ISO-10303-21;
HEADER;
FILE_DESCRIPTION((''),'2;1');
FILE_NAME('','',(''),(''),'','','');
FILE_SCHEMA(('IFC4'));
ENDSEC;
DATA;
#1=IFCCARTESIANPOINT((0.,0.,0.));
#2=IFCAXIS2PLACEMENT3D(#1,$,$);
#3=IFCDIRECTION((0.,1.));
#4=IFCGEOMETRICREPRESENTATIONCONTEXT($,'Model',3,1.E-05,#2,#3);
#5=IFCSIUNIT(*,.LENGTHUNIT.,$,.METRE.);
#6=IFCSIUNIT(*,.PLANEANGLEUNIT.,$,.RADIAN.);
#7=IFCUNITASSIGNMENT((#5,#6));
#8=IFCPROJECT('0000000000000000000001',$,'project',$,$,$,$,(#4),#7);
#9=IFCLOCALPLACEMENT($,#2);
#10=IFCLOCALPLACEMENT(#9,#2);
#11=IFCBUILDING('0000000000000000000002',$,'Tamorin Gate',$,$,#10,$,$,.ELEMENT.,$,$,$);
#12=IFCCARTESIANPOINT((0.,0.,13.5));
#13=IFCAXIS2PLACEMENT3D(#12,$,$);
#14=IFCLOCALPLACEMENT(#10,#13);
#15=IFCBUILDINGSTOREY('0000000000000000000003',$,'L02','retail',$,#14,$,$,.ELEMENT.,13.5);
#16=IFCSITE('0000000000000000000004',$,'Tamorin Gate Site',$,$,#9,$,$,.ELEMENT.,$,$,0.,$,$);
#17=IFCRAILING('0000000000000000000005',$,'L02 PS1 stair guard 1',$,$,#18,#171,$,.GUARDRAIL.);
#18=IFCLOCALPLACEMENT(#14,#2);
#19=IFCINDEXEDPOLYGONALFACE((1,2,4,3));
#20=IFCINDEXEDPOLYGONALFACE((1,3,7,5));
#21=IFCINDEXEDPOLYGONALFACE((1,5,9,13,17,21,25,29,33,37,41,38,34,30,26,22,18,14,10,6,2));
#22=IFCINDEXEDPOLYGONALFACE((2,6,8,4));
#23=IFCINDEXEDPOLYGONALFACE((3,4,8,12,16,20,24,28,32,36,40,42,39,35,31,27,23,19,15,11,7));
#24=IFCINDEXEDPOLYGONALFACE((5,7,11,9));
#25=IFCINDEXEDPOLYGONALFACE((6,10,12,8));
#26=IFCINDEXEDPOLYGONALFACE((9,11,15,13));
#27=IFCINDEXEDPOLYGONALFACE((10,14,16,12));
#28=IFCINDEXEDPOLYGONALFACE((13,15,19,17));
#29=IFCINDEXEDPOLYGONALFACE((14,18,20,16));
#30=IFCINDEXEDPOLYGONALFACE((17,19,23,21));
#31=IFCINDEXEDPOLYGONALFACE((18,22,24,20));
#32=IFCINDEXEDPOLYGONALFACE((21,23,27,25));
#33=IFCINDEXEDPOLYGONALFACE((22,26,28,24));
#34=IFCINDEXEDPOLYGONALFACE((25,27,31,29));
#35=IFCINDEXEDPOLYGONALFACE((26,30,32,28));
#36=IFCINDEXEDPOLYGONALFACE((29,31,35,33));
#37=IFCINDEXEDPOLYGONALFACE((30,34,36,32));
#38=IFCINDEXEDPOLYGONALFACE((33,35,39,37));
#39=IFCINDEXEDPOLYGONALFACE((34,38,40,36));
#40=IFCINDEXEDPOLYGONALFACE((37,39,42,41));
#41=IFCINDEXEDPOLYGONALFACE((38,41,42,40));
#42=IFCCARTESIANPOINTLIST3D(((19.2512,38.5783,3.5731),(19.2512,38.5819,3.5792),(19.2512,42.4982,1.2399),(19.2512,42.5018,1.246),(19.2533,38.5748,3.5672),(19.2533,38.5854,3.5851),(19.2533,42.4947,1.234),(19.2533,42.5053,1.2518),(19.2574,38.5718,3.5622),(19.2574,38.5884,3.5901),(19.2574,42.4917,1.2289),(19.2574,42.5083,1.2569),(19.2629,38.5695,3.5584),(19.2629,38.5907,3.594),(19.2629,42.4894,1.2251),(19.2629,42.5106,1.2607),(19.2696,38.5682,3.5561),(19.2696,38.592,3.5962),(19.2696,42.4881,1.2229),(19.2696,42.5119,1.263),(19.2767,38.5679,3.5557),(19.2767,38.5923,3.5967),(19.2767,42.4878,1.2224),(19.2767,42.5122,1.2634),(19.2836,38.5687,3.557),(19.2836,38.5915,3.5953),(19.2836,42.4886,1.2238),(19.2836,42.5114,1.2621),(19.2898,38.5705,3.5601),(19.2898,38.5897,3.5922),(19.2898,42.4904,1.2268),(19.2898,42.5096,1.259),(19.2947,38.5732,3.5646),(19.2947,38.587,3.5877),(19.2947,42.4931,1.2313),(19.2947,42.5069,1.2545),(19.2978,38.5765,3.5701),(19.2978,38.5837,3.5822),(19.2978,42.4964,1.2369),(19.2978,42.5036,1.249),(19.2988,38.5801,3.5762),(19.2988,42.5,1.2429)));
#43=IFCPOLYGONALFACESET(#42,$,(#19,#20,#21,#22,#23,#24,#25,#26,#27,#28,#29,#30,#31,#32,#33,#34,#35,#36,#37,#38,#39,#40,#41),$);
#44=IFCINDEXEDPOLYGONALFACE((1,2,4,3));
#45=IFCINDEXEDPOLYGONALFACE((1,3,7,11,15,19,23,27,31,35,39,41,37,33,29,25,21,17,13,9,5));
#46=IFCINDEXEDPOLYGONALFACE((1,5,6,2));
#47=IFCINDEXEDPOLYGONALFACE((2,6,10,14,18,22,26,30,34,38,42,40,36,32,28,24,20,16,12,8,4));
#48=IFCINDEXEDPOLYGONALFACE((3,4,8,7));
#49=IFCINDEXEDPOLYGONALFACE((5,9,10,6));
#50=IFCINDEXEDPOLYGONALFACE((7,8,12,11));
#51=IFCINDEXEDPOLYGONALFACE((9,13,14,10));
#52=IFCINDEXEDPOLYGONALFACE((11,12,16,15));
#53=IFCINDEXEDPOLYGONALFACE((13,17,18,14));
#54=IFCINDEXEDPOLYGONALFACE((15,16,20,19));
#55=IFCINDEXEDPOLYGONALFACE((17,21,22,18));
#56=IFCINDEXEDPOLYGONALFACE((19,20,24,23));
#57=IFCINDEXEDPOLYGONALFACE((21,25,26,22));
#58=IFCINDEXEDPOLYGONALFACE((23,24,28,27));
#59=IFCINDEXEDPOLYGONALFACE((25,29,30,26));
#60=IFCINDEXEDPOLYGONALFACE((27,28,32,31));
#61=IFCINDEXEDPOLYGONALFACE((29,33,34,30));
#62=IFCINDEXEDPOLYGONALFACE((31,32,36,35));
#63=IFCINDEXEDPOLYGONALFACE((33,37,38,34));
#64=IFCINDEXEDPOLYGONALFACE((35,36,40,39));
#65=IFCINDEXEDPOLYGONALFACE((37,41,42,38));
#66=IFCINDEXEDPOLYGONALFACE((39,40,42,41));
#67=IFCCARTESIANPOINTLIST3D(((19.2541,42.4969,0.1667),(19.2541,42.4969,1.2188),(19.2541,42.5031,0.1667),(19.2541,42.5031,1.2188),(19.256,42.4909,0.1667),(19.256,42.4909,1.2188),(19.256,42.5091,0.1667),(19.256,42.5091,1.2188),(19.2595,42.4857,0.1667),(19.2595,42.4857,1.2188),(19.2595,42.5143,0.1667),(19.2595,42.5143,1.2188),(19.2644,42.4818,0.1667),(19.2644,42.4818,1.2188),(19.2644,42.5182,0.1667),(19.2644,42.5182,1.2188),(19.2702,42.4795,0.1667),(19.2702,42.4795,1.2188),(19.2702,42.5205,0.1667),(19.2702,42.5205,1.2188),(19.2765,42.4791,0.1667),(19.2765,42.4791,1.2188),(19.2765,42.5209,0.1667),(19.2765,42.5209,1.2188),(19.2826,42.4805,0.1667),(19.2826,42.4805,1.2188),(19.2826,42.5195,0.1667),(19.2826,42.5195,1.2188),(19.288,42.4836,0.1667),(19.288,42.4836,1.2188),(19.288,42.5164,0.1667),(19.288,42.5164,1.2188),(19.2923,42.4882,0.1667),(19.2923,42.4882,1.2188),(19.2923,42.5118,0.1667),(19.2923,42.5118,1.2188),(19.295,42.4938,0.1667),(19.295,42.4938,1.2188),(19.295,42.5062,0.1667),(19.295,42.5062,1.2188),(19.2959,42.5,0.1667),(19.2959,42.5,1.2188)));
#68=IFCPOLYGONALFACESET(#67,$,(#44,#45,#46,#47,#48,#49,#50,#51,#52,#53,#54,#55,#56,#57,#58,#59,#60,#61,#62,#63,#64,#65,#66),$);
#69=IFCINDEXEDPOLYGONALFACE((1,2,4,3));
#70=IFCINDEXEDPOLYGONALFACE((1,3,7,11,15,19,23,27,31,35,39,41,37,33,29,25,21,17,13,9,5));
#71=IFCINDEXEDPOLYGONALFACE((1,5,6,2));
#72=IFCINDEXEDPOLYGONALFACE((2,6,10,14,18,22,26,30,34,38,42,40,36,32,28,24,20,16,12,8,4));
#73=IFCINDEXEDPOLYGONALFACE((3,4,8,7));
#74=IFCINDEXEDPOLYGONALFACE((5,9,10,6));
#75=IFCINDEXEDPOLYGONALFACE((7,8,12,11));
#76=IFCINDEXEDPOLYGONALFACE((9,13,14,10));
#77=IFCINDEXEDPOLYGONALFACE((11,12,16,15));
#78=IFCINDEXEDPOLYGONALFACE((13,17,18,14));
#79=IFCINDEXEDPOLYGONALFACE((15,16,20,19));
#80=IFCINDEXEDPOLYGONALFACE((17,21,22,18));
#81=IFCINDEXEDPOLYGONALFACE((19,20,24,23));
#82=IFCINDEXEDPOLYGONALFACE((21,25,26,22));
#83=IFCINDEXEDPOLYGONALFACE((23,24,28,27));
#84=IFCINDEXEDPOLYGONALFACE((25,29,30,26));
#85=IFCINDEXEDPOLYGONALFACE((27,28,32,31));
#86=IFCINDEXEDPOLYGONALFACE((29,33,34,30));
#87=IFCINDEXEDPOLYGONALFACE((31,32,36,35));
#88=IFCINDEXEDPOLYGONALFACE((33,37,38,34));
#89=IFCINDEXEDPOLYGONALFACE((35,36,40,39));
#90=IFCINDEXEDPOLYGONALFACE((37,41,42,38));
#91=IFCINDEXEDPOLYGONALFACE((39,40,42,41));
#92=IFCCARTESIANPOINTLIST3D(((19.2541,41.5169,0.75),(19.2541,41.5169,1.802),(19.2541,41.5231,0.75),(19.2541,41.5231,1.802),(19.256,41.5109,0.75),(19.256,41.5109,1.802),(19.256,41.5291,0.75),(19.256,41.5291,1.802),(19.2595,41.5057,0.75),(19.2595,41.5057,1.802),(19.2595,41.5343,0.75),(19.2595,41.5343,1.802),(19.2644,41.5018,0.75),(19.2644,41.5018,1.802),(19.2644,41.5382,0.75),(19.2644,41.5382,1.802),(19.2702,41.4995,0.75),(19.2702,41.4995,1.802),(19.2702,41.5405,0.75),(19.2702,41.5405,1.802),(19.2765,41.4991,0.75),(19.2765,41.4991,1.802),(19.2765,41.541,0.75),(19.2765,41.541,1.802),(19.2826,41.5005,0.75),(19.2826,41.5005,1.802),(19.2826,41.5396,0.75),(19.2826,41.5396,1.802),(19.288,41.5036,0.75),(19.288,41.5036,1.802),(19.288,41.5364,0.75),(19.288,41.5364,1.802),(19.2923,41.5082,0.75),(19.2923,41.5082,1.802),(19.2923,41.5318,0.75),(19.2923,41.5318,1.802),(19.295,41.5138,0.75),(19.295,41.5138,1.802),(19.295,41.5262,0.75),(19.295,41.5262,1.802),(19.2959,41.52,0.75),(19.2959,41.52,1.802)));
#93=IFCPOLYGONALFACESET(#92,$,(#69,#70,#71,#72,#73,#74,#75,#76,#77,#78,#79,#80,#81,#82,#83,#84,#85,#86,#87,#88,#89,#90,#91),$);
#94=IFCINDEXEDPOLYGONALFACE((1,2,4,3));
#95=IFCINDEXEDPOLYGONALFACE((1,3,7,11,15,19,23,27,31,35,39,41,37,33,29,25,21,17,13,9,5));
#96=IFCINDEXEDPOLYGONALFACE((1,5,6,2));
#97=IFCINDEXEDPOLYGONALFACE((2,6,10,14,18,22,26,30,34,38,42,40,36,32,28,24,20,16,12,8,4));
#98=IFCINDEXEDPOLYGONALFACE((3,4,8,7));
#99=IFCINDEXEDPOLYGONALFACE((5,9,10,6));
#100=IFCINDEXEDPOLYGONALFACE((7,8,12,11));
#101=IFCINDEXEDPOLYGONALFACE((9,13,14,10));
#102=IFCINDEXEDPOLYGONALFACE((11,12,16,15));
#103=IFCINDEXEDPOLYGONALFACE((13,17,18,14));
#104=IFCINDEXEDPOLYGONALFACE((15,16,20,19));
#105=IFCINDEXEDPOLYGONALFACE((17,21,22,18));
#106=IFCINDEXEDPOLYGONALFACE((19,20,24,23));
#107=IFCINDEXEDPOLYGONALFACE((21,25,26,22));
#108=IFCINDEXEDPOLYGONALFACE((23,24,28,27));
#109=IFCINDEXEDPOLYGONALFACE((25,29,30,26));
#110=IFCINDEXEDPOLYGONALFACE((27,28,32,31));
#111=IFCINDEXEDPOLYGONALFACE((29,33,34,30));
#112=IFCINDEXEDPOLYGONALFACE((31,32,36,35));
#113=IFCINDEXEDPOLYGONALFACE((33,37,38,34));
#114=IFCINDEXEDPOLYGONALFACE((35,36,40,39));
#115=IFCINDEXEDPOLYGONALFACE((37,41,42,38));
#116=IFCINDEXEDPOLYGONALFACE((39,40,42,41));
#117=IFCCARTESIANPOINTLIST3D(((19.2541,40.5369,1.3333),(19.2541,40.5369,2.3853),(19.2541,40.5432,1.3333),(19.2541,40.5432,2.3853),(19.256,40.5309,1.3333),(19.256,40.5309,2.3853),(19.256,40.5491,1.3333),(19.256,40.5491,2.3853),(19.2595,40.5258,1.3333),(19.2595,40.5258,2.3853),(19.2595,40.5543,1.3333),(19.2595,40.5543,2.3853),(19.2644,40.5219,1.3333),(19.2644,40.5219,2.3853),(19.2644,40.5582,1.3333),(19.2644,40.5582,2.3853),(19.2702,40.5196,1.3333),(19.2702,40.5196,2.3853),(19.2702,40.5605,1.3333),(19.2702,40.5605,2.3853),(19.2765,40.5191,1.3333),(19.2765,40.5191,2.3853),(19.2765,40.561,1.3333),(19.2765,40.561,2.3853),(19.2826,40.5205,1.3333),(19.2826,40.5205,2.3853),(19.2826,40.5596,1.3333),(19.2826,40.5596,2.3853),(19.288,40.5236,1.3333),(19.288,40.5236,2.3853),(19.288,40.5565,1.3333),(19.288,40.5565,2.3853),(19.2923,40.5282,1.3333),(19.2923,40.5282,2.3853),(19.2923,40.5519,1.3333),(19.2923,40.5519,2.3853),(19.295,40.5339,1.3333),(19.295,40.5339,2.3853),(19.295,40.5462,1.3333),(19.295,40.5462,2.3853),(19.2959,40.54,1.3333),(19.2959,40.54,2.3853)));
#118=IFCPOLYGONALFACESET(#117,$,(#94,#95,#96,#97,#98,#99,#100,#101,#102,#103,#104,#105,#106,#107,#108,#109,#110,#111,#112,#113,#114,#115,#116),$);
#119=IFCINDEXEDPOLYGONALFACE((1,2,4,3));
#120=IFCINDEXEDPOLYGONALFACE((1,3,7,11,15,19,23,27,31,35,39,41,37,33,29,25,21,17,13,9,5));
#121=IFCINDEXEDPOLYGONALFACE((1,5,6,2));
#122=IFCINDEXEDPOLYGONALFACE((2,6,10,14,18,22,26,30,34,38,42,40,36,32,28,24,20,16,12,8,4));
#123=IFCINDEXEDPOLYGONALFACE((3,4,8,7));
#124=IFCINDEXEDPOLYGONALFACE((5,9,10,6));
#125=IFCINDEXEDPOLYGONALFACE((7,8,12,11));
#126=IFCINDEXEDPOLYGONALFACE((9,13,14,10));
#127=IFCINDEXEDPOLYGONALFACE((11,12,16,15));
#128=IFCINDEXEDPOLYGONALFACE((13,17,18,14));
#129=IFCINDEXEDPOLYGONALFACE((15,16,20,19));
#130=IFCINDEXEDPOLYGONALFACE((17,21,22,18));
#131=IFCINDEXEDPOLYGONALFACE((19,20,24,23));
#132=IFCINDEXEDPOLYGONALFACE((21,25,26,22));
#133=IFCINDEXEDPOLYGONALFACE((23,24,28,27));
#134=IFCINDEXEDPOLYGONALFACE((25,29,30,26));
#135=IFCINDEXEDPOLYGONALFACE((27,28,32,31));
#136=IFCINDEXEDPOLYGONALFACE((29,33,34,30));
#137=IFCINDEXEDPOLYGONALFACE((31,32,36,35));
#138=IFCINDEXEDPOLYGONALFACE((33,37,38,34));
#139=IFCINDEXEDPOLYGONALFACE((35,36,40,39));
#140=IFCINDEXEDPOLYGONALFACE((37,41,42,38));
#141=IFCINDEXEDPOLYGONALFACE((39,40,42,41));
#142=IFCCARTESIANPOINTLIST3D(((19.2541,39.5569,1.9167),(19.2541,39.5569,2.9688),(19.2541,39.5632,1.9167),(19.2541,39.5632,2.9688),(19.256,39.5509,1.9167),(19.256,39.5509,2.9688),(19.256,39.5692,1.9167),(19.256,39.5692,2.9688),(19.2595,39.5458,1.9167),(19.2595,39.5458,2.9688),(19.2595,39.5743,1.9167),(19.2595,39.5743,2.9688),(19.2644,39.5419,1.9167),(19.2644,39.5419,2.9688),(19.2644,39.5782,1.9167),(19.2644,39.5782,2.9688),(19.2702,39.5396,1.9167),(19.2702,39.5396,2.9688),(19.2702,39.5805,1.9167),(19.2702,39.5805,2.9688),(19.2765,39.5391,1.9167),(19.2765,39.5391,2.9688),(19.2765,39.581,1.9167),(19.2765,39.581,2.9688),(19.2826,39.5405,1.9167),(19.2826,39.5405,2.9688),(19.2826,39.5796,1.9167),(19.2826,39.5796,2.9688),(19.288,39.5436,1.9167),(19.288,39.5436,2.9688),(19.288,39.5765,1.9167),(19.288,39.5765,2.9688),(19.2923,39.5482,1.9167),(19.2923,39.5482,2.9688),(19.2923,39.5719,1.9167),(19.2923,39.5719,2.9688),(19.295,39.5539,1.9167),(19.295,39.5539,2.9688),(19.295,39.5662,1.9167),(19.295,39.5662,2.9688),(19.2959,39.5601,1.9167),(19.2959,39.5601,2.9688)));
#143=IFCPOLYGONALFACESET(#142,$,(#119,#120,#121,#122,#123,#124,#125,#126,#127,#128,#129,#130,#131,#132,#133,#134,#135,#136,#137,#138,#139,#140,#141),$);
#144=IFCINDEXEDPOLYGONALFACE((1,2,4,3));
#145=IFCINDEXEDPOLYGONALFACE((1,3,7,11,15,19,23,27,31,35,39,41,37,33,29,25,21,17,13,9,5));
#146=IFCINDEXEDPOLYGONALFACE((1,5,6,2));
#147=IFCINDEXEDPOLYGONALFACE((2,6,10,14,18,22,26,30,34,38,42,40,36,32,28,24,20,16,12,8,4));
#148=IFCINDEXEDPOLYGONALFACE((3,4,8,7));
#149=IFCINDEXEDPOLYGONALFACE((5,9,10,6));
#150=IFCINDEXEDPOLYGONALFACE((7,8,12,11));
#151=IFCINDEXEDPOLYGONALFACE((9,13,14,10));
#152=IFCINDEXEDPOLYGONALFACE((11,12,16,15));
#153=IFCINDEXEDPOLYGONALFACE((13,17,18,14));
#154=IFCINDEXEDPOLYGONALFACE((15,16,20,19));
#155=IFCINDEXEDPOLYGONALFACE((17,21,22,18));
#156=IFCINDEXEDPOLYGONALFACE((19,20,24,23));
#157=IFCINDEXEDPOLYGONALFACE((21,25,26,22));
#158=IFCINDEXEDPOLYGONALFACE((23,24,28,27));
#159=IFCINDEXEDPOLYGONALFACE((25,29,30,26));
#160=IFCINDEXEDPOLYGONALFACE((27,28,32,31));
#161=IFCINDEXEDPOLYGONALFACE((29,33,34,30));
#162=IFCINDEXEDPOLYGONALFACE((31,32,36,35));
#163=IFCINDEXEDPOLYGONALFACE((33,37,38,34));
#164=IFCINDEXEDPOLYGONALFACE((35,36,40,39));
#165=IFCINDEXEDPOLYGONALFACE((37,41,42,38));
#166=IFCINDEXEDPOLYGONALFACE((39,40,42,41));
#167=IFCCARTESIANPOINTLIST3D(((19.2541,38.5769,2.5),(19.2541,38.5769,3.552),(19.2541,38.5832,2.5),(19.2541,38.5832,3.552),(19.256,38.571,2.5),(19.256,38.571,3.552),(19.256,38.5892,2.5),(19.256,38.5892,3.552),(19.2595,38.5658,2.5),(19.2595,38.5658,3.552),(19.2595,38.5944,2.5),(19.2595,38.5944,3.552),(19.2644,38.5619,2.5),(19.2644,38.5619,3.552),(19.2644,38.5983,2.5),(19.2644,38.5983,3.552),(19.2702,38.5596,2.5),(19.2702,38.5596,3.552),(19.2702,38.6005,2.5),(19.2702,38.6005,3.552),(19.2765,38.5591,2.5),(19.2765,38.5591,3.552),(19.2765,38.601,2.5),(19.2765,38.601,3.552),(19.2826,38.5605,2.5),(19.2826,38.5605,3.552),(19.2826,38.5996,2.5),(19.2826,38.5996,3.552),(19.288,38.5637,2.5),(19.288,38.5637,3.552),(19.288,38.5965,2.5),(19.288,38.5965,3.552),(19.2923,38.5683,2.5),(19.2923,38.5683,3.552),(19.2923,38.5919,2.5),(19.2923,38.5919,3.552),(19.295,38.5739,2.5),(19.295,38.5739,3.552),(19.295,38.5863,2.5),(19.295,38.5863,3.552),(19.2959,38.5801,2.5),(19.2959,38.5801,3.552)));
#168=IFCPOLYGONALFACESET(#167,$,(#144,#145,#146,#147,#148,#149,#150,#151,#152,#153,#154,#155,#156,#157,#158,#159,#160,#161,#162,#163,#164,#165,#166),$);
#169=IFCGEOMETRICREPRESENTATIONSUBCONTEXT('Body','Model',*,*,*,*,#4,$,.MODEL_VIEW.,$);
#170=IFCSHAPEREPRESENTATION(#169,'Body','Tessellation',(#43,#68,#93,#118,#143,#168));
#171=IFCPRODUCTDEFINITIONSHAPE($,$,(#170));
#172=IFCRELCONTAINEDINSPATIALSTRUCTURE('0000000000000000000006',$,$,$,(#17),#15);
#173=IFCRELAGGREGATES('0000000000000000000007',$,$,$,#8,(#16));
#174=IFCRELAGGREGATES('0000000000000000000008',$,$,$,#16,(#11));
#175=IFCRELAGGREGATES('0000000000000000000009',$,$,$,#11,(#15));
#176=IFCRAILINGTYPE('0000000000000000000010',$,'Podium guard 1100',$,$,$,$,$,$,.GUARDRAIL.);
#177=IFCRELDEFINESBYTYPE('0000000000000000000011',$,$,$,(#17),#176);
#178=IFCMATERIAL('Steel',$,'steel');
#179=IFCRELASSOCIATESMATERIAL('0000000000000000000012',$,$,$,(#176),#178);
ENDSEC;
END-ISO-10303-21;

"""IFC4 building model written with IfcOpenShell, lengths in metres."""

from ifc_helpers import new_model, si_unit, direction, frame, origin, origin_2d, place, context, subcontext, project, spatial, circle, extrude, material, type_object, element, save


model = new_model("IFC4")

# Units and contexts
model_context = context("Model", 3, precision=1e-05, world=origin(), true_north=direction((0.0, 1.0)))
body_context = subcontext(model_context, "Body", "Model", "MODEL_VIEW")
ifc_project = project(units=[si_unit("LENGTHUNIT", "METRE"), si_unit("PLANEANGLEUNIT", "RADIAN")], contexts=[model_context])

# Site, building, storey
site_placement = place(None, origin())
site = spatial("IfcSite", under=ifc_project, at=site_placement, Name="Tamorin Gate Site", CompositionType="ELEMENT", RefElevation=0.0)
building_placement = place(site_placement, origin())
building = spatial("IfcBuilding", under=site, at=building_placement, Name="Tamorin Gate", CompositionType="ELEMENT")
storey_placement = place(building_placement, frame((0.0, 0.0, 13.5)))
storey = spatial("IfcBuildingStorey", under=building, at=storey_placement, Name="L02", Description="retail", CompositionType="ELEMENT", Elevation=13.5)

# Railing
ifc_material_1 = material(Name="Steel", Category="steel")
railing_type_1 = type_object("IfcRailingType", Name="Podium guard 1100", PredefinedType="GUARDRAIL", material=ifc_material_1)
railing_1_placement = place(storey_placement, frame((19.2749, 42.5, 0.1667)))
element("IfcRailing", 1, at=railing_1_placement, inside=storey, type_object=railing_type_1, Name="L02 PS1 stair guard 1", PredefinedType="GUARDRAIL", context=body_context, shape_type="SweptSolid", body=[
    extrude(circle(Radius=0.0239, at=origin_2d()), frame((0.0, 0.0, 1.0762), z_axis=(0.0, -0.859296, 0.511478), x_axis=(1.0, 0.0, 0.0)), (0.0, 0.0, 1.0), 4.5618),
    extrude(circle(Radius=0.021, at=origin_2d()), origin(), (0.0, 0.0, 1.0), 1.052),
    extrude(circle(Radius=0.021, at=origin_2d()), frame((0.0, -0.98, 0.5833)), (0.0, 0.0, 1.0), 1.052),
    extrude(circle(Radius=0.021, at=origin_2d()), frame((0.0, -1.96, 1.1665)), (0.0, 0.0, 1.0), 1.052),
    extrude(circle(Radius=0.021, at=origin_2d()), frame((0.0, -2.9399, 1.75)), (0.0, 0.0, 1.0), 1.052),
    extrude(circle(Radius=0.021, at=origin_2d()), frame((0.0, -3.9199, 2.3333)), (0.0, 0.0, 1.0), 1.052),
])

save(model, "model.ifc")
